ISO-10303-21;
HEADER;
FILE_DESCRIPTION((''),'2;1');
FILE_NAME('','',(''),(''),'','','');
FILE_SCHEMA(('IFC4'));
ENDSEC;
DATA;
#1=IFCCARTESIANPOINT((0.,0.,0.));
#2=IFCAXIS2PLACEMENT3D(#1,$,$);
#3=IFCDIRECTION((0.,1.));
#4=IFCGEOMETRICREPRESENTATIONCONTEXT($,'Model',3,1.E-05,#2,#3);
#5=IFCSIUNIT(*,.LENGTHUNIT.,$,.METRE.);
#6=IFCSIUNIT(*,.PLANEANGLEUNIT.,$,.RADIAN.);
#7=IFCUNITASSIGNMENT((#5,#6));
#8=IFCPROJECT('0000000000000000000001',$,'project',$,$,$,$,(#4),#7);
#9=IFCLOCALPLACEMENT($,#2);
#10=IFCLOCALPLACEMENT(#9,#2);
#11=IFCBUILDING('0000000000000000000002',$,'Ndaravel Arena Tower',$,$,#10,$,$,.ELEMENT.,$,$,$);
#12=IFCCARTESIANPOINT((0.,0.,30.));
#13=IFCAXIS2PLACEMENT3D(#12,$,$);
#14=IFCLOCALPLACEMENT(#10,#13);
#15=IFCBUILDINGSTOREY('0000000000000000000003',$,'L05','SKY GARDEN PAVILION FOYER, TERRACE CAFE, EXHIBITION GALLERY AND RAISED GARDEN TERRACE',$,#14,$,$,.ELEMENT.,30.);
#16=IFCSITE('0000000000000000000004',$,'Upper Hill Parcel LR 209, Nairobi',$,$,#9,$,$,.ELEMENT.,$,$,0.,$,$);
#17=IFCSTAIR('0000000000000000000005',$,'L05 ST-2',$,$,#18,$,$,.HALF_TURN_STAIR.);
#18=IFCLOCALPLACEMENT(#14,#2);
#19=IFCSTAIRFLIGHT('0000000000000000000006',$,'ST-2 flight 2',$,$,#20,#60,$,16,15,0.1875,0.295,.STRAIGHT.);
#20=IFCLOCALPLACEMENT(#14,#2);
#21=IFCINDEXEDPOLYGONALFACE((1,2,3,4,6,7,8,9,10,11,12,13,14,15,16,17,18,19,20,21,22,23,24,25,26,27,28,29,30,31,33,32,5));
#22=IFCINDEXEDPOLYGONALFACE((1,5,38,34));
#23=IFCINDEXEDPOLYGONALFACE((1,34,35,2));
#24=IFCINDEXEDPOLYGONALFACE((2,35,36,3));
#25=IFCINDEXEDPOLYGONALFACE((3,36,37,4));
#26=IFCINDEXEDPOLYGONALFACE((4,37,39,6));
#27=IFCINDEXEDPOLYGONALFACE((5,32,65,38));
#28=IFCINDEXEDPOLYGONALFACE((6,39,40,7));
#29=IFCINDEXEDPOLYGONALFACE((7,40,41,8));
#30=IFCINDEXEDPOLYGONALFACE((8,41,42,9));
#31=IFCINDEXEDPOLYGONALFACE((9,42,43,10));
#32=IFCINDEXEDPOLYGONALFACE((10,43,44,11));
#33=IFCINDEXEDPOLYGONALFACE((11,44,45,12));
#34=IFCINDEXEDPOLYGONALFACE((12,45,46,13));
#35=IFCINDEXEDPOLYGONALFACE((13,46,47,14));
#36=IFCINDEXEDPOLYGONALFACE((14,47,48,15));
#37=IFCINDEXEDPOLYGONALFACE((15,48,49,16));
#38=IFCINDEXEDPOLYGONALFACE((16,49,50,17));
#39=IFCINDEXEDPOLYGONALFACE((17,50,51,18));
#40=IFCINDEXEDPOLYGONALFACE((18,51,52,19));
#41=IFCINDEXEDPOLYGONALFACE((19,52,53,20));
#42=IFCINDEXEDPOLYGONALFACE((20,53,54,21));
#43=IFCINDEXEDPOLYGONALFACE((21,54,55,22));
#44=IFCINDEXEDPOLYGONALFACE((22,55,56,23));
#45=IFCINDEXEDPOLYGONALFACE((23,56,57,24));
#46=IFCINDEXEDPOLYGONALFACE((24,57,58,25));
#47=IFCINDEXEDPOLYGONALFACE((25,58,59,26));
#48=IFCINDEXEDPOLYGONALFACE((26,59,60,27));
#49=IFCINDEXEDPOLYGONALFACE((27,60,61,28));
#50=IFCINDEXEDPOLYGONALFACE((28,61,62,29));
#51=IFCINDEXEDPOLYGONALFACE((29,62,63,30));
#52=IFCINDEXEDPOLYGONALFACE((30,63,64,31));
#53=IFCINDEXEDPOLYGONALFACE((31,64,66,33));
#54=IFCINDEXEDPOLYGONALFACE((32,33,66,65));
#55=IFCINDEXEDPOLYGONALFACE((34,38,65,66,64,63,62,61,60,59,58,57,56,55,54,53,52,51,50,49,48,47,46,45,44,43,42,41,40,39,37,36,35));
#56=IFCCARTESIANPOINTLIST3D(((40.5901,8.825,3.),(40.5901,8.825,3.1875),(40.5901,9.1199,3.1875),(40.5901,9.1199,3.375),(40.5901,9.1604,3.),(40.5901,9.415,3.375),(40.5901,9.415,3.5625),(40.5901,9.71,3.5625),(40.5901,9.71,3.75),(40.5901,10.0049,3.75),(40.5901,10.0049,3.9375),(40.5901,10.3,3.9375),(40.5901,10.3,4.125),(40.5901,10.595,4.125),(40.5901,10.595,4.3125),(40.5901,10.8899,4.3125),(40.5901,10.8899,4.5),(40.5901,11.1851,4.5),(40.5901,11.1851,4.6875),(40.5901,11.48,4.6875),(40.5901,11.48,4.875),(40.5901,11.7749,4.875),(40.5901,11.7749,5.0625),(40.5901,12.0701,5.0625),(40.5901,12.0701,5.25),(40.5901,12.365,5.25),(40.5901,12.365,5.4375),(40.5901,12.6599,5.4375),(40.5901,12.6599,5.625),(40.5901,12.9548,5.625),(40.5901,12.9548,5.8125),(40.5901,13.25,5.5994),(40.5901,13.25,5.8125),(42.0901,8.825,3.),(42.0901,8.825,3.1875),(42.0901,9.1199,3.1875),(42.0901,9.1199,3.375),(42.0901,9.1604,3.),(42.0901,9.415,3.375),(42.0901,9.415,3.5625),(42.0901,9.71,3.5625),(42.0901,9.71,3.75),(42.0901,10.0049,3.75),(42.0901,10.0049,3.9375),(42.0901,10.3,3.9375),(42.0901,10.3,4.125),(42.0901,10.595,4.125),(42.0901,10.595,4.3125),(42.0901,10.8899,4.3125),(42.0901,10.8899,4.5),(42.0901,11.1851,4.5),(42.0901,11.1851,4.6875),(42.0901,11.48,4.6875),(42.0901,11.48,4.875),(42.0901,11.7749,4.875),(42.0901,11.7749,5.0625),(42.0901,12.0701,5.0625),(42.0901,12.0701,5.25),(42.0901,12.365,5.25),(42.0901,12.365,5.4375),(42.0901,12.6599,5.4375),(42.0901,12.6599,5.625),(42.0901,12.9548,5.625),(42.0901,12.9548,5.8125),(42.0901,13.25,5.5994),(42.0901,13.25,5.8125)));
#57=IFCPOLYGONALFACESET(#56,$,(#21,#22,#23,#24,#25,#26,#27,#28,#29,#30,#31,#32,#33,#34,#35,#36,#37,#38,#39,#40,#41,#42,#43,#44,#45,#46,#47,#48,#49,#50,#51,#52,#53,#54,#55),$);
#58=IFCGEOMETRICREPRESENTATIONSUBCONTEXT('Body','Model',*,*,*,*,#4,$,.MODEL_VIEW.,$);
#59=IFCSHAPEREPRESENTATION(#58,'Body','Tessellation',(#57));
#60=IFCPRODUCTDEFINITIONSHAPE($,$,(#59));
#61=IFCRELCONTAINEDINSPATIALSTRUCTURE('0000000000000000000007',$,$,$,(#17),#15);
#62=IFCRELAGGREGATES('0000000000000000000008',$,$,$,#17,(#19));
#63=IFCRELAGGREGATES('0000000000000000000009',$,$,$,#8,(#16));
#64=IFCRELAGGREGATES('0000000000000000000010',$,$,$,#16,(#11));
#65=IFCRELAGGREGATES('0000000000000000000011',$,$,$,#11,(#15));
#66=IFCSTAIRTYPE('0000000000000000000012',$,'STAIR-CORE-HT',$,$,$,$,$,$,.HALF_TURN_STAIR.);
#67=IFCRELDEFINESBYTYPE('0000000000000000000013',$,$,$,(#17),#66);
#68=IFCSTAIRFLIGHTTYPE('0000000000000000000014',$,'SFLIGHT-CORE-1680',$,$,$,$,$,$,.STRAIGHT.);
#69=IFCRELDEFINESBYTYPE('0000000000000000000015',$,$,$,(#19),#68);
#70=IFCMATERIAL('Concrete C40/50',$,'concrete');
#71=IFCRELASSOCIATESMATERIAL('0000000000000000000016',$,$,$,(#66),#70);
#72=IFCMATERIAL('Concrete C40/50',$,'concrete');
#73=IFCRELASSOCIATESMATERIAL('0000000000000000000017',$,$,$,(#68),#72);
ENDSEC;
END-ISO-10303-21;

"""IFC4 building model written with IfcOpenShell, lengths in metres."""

from ifc_helpers import new_model, si_unit, direction, frame, origin, place, context, subcontext, project, spatial, polyline, outline, extrude, material, type_object, element, aggregate, save


model = new_model("IFC4")

# Units and contexts
model_context = context("Model", 3, precision=1e-05, world=origin(), true_north=direction((0.0, 1.0)))
body_context = subcontext(model_context, "Body", "Model", "MODEL_VIEW")
ifc_project = project(units=[si_unit("LENGTHUNIT", "METRE"), si_unit("PLANEANGLEUNIT", "RADIAN")], contexts=[model_context])

# Site, building, storey
site_placement = place(None, origin())
site = spatial("IfcSite", under=ifc_project, at=site_placement, Name="Upper Hill Parcel LR 209, Nairobi", CompositionType="ELEMENT", RefElevation=0.0)
building_placement = place(site_placement, origin())
building = spatial("IfcBuilding", under=site, at=building_placement, Name="Ndaravel Arena Tower", CompositionType="ELEMENT")
storey_placement = place(building_placement, frame((0.0, 0.0, 30.0)))
storey = spatial("IfcBuildingStorey", under=building, at=storey_placement, Name="L05", Description="SKY GARDEN PAVILION FOYER, TERRACE CAFE, EXHIBITION GALLERY AND RAISED GARDEN TERRACE", CompositionType="ELEMENT", Elevation=30.0)

# Stair, stair flight
ifc_material_1 = material(Name="Concrete C40/50", Category="concrete")
stair_type = type_object("IfcStairType", Name="STAIR-CORE-HT", PredefinedType="HALF_TURN_STAIR", material=ifc_material_1)
stair_placement = place(storey_placement, origin())
stair = element("IfcStair", 1, at=stair_placement, inside=storey, type_object=stair_type, Name="L05 ST-2", PredefinedType="HALF_TURN_STAIR")
ifc_material_2 = material(Name="Concrete C40/50", Category="concrete")
stair_flight_type = type_object("IfcStairFlightType", Name="SFLIGHT-CORE-1680", PredefinedType="STRAIGHT", material=ifc_material_2)
stair_flight_placement = place(storey_placement, frame((41.3401, 8.825, 3.0), z_axis=(0.0, 0.0, 1.0), x_axis=(0.0, 1.0, 0.0)))
stair_flight = element("IfcStairFlight", 2, at=stair_flight_placement, type_object=stair_flight_type, Name="ST-2 flight 2", NumberOfRisers=16, NumberOfTreads=15, PredefinedType="STRAIGHT", RiserHeight=0.1875, TreadLength=0.295, context=body_context, shape_type="SweptSolid", body=[
    extrude(outline(polyline([(0.0, 0.0), (0.0, 0.1875), (0.2949, 0.1875), (0.2949, 0.375), (0.5901, 0.375), (0.5901, 0.5625), (0.885, 0.5625), (0.885, 0.75), (1.1799, 0.75), (1.1799, 0.9375), (1.4751, 0.9375), (1.4751, 1.125), (1.77, 1.125), (1.77, 1.3125), (2.0649, 1.3125), (2.0649, 1.5), (2.3601, 1.5), (2.3601, 1.6875), (2.655, 1.6875), (2.655, 1.875), (2.95, 1.875), (2.95, 2.0625), (3.2451, 2.0625), (3.2451, 2.25), (3.54, 2.25), (3.54, 2.4375), (3.835, 2.4375), (3.835, 2.625), (4.1299, 2.625), (4.1299, 2.8125), (4.425, 2.8125), (4.425, 3.0), (4.425, 2.5994), (0.3354, 0.0), (0.0, 0.0)])), frame((0.0, 0.75, 0.0), z_axis=(0.0, -1.0, 0.0), x_axis=(1.0, 0.0, 0.0)), (0.0, 0.0, 1.0), 1.5),
])
aggregate(stair, [stair_flight])

save(model, "model.ifc")
